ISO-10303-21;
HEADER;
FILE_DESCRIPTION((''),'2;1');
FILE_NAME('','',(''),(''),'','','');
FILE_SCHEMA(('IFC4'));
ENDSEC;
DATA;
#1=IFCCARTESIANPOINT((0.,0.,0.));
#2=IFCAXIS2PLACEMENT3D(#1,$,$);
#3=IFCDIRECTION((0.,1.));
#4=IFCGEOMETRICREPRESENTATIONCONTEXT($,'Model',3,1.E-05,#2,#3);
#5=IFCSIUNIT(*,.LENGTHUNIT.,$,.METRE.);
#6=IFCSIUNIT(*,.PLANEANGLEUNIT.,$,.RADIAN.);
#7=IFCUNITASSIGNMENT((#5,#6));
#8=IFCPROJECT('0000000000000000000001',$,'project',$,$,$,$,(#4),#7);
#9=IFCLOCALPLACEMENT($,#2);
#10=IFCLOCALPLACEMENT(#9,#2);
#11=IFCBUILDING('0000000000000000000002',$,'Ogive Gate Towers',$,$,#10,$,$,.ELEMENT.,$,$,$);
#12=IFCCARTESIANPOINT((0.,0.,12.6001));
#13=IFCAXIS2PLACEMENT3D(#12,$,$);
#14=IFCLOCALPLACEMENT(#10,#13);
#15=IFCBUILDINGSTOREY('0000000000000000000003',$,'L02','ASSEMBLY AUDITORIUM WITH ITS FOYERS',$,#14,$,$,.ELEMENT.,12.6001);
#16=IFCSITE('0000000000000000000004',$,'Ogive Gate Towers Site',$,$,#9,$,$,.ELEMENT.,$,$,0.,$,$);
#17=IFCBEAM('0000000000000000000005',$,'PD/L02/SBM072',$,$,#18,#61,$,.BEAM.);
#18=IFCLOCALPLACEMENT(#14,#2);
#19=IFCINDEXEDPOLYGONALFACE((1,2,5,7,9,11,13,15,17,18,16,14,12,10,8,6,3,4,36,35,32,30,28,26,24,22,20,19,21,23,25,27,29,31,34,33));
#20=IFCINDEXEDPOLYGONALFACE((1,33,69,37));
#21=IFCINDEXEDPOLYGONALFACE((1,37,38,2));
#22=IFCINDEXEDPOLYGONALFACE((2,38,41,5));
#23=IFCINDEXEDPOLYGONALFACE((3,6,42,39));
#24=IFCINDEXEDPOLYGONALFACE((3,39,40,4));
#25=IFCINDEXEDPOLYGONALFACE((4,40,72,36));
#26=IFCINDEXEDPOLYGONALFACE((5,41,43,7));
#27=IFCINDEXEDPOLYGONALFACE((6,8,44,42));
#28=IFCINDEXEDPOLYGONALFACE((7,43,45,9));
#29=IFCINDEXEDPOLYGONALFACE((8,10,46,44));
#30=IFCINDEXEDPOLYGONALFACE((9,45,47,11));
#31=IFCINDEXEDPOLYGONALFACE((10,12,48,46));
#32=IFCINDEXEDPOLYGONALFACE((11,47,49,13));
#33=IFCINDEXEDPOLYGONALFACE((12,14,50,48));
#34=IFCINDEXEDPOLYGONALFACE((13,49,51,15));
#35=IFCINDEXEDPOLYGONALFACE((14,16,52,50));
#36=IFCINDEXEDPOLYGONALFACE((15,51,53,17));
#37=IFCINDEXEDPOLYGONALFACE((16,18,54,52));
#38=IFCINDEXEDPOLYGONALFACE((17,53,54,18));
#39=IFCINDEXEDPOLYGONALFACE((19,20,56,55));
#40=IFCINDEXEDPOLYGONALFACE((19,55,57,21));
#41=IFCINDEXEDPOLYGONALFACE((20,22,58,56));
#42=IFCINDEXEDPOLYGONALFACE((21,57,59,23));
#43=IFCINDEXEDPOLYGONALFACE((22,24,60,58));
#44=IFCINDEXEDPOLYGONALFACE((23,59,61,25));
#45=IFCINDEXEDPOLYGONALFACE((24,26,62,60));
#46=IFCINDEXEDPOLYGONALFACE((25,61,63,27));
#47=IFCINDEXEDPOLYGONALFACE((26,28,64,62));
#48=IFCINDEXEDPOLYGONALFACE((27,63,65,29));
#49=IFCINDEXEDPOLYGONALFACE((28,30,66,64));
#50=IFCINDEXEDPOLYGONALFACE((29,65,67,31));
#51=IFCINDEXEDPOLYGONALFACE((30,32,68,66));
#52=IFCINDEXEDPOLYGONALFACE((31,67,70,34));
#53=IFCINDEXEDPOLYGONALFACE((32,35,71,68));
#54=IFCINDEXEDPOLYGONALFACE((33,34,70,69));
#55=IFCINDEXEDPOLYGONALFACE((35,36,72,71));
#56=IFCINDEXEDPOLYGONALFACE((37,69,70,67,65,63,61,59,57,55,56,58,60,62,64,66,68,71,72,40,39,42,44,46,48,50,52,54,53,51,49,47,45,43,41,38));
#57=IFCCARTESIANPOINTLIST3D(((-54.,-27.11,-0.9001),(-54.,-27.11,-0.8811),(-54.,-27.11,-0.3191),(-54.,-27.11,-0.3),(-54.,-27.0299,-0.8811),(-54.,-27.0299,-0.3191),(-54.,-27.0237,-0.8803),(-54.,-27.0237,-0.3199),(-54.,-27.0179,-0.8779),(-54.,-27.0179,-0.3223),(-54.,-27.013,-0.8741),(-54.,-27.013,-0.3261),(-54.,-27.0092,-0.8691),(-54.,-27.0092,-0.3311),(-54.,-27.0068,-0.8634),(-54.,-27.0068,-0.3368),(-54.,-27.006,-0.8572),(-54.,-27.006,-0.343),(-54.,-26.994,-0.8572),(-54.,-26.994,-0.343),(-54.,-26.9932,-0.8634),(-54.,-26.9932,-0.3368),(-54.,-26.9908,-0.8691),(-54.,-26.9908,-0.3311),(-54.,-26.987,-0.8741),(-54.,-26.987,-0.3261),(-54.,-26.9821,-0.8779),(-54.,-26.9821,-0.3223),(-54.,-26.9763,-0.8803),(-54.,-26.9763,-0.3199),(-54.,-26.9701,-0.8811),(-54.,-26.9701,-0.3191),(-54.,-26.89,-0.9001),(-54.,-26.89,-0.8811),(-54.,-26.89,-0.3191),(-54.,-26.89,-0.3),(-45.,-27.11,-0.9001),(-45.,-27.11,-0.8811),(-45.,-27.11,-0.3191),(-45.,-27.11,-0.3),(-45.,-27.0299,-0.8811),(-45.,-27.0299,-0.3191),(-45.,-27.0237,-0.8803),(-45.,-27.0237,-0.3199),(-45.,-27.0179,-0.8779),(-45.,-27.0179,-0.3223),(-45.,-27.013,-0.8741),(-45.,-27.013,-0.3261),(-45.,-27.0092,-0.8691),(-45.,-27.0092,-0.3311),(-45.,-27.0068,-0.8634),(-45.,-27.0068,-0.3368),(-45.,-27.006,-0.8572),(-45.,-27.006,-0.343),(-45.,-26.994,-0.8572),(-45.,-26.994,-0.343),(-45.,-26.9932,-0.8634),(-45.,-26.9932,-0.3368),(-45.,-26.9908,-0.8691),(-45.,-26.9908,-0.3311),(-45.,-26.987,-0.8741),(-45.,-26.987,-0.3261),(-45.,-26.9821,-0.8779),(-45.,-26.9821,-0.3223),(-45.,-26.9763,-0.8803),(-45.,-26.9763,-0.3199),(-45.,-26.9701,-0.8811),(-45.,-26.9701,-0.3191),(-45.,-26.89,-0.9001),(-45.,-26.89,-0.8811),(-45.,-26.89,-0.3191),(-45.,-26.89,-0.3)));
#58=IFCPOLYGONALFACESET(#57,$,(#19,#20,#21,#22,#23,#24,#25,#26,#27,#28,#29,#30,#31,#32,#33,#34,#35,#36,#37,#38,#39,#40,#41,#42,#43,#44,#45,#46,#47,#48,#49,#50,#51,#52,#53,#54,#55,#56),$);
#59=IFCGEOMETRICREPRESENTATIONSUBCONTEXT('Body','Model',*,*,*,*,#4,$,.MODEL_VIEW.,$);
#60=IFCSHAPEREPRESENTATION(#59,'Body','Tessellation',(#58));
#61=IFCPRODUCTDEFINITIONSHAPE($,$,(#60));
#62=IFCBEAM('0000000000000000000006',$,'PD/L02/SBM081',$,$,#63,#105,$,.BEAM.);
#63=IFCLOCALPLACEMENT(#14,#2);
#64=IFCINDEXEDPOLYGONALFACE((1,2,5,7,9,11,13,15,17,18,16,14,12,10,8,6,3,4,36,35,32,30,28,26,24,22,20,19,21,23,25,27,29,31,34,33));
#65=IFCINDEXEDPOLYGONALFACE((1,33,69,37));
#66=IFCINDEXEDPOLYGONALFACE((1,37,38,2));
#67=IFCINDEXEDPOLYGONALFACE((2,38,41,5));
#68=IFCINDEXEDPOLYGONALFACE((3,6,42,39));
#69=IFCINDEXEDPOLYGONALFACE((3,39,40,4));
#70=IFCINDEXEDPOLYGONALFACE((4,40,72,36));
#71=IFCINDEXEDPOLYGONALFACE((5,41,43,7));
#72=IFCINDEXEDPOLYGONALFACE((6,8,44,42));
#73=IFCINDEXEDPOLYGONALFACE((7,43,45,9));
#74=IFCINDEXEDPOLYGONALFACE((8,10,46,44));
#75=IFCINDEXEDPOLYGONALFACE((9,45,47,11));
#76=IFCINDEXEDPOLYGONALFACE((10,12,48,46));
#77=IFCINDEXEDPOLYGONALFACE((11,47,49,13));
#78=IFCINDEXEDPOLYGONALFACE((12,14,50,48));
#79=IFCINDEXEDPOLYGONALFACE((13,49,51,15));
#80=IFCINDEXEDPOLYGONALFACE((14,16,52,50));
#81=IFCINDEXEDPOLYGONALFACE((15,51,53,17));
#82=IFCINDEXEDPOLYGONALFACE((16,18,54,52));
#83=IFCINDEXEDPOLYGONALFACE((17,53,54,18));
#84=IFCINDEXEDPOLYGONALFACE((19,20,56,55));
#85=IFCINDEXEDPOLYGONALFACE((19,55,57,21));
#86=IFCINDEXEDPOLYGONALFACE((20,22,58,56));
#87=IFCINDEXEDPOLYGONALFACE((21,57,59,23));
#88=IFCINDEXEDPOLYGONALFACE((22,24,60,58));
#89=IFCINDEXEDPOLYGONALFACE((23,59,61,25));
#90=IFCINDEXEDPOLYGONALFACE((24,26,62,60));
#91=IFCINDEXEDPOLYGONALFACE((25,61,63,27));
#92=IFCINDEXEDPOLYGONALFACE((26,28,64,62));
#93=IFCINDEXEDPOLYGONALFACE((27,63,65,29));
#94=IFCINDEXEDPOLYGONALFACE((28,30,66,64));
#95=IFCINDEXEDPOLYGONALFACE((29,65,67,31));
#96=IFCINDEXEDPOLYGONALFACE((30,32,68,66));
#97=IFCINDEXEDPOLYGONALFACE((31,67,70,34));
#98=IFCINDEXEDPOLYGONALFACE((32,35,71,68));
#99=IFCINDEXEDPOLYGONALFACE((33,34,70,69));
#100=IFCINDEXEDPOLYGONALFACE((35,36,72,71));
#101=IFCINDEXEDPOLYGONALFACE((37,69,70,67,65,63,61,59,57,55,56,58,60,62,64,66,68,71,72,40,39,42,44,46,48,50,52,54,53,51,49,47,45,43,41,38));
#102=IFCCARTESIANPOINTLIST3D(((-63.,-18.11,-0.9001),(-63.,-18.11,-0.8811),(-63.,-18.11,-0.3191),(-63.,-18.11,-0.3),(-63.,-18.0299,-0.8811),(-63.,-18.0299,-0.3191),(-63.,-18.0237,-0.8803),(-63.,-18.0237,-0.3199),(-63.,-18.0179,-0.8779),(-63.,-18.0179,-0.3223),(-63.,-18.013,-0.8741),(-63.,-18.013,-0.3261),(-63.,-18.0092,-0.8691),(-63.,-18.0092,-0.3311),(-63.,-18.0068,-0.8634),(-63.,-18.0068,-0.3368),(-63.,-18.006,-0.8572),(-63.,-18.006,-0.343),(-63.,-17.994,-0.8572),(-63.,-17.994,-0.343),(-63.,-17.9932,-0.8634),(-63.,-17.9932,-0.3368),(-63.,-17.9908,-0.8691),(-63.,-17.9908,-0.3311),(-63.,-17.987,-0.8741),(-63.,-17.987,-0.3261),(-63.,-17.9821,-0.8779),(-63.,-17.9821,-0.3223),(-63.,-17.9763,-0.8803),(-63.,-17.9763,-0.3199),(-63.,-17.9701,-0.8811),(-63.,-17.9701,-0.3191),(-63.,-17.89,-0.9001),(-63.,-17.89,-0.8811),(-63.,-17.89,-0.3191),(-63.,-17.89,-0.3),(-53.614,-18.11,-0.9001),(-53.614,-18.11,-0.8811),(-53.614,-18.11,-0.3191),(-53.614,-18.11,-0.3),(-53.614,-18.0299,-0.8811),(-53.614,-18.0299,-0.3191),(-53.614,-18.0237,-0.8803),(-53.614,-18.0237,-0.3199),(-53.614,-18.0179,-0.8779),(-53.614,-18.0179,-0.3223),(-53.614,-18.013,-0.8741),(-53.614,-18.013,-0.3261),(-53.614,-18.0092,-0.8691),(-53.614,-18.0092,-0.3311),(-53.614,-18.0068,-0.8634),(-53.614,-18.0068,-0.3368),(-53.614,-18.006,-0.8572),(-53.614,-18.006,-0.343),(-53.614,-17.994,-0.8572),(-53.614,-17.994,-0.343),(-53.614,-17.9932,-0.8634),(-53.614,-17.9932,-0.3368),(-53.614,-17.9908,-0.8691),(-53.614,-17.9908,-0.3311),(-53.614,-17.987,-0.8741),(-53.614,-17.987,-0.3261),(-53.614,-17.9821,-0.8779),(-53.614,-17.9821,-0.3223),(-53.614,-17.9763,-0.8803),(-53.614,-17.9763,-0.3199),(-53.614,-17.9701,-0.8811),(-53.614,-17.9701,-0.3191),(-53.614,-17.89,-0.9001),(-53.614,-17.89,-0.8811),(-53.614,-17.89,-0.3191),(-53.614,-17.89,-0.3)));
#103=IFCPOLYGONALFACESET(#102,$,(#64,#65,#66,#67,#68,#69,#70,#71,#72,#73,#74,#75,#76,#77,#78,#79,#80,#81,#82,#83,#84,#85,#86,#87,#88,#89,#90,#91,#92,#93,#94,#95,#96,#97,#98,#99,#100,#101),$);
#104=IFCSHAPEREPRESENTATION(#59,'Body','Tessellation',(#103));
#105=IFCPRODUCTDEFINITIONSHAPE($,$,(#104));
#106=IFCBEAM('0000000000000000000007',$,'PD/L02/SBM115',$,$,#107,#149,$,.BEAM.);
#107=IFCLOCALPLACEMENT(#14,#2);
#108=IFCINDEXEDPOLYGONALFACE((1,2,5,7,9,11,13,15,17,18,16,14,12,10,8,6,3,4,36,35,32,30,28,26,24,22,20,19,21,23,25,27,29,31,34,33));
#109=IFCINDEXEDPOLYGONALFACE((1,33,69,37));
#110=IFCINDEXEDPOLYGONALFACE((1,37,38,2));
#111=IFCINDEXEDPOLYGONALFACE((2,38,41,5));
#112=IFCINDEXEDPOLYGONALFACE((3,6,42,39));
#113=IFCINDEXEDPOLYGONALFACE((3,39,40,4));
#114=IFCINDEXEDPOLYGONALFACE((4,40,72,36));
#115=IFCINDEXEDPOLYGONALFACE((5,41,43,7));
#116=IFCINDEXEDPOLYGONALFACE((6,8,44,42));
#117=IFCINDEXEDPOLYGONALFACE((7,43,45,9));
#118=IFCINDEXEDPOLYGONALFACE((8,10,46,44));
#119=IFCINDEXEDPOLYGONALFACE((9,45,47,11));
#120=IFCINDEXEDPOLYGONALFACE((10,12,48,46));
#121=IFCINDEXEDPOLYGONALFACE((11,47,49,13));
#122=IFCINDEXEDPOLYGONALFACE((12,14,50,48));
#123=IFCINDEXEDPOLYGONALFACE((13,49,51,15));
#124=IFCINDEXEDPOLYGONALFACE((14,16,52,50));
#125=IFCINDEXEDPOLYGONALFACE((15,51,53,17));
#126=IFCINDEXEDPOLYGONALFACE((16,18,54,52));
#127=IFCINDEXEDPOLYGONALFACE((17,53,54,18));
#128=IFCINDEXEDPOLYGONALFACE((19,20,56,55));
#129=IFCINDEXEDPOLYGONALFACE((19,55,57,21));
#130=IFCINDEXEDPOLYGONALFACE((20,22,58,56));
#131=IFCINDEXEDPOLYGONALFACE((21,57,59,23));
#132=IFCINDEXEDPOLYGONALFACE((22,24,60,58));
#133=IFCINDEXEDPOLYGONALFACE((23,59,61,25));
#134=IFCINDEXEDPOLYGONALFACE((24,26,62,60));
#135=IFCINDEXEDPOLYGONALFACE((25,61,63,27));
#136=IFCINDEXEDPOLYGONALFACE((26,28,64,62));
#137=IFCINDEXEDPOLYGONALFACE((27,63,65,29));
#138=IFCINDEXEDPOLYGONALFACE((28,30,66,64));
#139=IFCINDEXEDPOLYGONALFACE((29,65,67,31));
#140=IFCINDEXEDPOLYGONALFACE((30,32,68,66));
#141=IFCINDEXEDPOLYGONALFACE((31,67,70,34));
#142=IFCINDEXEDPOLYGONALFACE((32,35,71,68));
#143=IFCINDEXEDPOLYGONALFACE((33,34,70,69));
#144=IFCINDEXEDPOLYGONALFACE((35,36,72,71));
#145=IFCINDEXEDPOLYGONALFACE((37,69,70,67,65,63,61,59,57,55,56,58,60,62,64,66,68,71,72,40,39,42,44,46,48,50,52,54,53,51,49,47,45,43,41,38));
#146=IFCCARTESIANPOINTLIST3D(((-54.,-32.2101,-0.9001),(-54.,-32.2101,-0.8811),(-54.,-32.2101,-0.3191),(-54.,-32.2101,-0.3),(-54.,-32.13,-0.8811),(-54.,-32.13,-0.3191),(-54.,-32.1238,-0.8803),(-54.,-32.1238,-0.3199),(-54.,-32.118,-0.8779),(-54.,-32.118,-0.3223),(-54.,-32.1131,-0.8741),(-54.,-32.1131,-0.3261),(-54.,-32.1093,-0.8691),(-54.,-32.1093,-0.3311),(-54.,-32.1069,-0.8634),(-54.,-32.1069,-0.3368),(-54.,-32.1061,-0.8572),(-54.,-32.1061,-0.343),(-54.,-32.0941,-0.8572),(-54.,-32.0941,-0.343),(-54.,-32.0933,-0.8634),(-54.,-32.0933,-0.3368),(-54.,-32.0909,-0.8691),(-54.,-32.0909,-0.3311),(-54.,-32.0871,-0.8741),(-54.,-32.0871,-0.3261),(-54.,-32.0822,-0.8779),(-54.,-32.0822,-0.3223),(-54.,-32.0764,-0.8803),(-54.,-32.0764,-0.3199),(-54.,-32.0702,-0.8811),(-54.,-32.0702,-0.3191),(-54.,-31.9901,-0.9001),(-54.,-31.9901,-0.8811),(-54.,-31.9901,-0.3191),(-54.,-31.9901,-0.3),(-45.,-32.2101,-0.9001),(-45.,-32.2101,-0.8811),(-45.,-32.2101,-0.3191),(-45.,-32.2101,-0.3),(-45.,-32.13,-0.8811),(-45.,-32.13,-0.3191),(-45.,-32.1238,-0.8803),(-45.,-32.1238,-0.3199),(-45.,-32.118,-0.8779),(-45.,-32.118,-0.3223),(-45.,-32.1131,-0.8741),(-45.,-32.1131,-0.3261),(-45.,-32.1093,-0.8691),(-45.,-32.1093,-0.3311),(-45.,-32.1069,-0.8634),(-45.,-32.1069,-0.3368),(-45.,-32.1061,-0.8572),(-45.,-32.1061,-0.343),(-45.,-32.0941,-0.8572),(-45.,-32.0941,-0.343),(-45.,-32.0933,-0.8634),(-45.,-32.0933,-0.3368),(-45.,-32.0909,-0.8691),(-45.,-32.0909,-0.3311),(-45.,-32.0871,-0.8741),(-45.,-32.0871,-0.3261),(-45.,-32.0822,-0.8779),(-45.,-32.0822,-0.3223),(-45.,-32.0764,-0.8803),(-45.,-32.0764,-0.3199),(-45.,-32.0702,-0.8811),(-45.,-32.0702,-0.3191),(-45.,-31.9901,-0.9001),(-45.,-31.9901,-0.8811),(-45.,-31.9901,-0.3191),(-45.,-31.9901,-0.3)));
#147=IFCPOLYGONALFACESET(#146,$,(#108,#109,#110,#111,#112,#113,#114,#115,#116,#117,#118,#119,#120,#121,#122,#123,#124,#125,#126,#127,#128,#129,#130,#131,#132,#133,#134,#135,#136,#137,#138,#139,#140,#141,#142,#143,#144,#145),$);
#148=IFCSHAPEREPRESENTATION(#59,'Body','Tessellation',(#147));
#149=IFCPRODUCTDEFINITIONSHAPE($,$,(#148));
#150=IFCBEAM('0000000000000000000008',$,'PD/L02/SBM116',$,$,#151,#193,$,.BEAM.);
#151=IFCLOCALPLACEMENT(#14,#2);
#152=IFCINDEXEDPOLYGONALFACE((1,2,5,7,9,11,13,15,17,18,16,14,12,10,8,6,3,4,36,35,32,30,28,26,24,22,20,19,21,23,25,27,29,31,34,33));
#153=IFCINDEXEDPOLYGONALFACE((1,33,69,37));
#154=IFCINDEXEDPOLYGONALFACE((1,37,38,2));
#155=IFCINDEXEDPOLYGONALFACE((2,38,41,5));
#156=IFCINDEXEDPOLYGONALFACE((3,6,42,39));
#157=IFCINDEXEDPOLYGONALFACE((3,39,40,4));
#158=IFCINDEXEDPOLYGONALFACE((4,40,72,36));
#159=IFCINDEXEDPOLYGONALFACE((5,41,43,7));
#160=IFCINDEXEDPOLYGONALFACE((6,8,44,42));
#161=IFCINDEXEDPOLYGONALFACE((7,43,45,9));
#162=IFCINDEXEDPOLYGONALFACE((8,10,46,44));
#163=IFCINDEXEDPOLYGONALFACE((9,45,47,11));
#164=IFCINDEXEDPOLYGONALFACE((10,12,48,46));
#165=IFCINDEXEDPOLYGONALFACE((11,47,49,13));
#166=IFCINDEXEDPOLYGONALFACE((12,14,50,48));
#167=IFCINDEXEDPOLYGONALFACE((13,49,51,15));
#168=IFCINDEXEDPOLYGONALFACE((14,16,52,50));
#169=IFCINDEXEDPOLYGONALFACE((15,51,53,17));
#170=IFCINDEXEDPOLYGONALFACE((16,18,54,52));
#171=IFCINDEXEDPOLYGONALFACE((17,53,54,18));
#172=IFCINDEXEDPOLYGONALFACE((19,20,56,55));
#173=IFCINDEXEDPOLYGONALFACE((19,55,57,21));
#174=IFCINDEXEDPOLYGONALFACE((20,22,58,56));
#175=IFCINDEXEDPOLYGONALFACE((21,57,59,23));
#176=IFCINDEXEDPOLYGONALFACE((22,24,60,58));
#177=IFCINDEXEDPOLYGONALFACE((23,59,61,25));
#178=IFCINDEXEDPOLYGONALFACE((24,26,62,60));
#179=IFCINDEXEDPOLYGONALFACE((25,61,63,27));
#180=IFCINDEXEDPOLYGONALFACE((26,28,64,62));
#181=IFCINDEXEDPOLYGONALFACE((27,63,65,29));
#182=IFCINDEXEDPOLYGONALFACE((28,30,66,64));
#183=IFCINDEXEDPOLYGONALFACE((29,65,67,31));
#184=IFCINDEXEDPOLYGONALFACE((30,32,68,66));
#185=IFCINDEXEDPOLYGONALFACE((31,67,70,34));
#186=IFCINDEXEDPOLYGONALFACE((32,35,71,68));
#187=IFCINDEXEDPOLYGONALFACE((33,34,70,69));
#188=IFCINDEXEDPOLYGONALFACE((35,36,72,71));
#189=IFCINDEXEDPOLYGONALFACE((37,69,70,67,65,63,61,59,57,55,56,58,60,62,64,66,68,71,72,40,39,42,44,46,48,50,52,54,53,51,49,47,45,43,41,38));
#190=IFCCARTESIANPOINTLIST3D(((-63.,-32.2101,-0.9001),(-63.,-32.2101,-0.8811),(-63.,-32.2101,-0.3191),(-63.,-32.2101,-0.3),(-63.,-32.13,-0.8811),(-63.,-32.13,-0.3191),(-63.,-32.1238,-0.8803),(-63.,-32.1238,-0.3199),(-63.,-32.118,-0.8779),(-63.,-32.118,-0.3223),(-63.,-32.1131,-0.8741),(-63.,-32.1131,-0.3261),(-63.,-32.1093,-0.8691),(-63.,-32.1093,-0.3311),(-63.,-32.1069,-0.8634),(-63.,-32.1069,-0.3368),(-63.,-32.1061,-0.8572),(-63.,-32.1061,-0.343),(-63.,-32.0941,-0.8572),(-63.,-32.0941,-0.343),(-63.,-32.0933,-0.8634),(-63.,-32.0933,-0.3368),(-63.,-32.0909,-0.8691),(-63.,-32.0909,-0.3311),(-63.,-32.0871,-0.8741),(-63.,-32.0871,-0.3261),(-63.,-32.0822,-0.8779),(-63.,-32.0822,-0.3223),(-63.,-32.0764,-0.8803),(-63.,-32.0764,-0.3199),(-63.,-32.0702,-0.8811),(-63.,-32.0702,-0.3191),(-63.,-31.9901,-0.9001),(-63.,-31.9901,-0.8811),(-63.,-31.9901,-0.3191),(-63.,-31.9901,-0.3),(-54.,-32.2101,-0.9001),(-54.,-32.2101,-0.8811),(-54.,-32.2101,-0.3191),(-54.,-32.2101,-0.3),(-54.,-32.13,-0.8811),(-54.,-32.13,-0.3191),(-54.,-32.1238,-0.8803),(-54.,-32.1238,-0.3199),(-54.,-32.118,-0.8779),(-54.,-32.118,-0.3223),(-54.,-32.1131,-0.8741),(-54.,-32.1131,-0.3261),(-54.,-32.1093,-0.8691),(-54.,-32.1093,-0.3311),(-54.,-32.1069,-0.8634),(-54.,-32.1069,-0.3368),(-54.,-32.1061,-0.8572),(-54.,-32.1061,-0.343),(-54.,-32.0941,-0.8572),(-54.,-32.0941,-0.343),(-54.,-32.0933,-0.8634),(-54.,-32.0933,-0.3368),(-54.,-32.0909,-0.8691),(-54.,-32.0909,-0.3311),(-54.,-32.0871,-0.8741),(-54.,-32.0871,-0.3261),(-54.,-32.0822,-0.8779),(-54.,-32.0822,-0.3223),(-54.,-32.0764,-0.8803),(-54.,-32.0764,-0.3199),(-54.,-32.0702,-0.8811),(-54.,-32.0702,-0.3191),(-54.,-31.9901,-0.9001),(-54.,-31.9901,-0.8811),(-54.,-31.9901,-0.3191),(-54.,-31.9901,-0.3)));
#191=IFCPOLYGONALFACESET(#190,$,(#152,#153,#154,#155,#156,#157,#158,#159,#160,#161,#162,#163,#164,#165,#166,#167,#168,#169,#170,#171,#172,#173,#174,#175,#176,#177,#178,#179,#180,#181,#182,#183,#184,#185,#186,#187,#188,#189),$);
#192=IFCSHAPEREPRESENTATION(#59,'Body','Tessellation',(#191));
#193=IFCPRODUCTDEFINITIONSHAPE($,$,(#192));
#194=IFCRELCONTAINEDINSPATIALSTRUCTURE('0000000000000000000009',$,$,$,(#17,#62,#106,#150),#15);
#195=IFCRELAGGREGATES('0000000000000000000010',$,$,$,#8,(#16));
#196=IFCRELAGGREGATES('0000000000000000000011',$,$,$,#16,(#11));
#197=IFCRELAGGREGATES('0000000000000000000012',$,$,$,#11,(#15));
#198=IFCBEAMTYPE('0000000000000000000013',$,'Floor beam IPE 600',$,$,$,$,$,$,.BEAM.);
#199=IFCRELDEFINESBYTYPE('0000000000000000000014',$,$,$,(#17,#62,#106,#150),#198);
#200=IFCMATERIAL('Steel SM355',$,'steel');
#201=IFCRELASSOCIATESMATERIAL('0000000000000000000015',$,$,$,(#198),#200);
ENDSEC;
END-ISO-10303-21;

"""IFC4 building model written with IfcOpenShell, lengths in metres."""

from ifc_helpers import new_model, si_unit, direction, frame, origin, origin_2d, place, context, subcontext, project, spatial, i_section, extrude, material, material_profile, profile_set, type_object, element, save


model = new_model("IFC4")

# Units and contexts
model_context = context("Model", 3, precision=1e-05, world=origin(), true_north=direction((0.0, 1.0)))
body_context = subcontext(model_context, "Body", "Model", "MODEL_VIEW")
ifc_project = project(units=[si_unit("LENGTHUNIT", "METRE"), si_unit("PLANEANGLEUNIT", "RADIAN")], contexts=[model_context])

# Site, building, storey
site_placement = place(None, origin())
site = spatial("IfcSite", under=ifc_project, at=site_placement, Name="Ogive Gate Towers Site", CompositionType="ELEMENT", RefElevation=0.0)
building_placement = place(site_placement, origin())
building = spatial("IfcBuilding", under=site, at=building_placement, Name="Ogive Gate Towers", CompositionType="ELEMENT")
storey_placement = place(building_placement, frame((0.0, 0.0, 12.6001)))
storey = spatial("IfcBuildingStorey", under=building, at=storey_placement, Name="L02", Description="ASSEMBLY AUDITORIUM WITH ITS FOYERS", CompositionType="ELEMENT", Elevation=12.6001)

# Beams
ifc_material_1 = material(Name="Steel SM355", Category="steel")
ifc_material_profile_1 = material_profile(ifc_material_1, i_section(OverallWidth=0.22, OverallDepth=0.6001, WebThickness=0.012, FlangeThickness=0.019, FilletRadius=0.0239, at=origin_2d()), Name="IPE 600")
ifc_profile_set_1 = profile_set([ifc_material_profile_1], Name="Steel SM355")
beam_type_1 = type_object("IfcBeamType", Name="Floor beam IPE 600", PredefinedType="BEAM", material=ifc_profile_set_1)
beam_1_placement = place(storey_placement, frame((-54.0, -27.0, -0.6001), z_axis=(1.0, 0.0, 0.0), x_axis=(0.0, 1.0, 0.0)))
element("IfcBeam", 1, at=beam_1_placement, inside=storey, type_object=beam_type_1, Name="PD/L02/SBM072", PredefinedType="BEAM", context=body_context, shape_type="SweptSolid", body=[
    extrude(i_section(OverallWidth=0.22, OverallDepth=0.6001, WebThickness=0.012, FlangeThickness=0.019, FilletRadius=0.0239, at=origin_2d()), origin(), (0.0, 0.0, 1.0), 9.0),
])
beam_2_placement = place(storey_placement, frame((-63.0, -18.0, -0.6001), z_axis=(1.0, 0.0, 0.0), x_axis=(0.0, 1.0, 0.0)))
element("IfcBeam", 2, at=beam_2_placement, inside=storey, type_object=beam_type_1, Name="PD/L02/SBM081", PredefinedType="BEAM", context=body_context, shape_type="SweptSolid", body=[
    extrude(i_section(OverallWidth=0.22, OverallDepth=0.6001, WebThickness=0.012, FlangeThickness=0.019, FilletRadius=0.0239, at=origin_2d()), origin(), (0.0, 0.0, 1.0), 9.386),
])
for number, where, z_axis, x_axis, name in (
    (3, (-45.0, -32.1001, -0.6001), (-1.0, 0.0, 0.0), (0.0, -1.0, 0.0), "PD/L02/SBM115"),
    (4, (-54.0, -32.1001, -0.6001), (-1.0, 0.0, 0.0), (0.0, -1.0, 0.0), "PD/L02/SBM116"),
):
    element("IfcBeam", number, at=place(storey_placement, frame(where, z_axis=z_axis, x_axis=x_axis)), inside=storey, type_object=beam_type_1, Name=name, PredefinedType="BEAM", context=body_context, shape_type="SweptSolid", body=[
        extrude(i_section(OverallWidth=0.22, OverallDepth=0.6001, WebThickness=0.012, FlangeThickness=0.019, FilletRadius=0.0239, at=origin_2d()), origin(), (0.0, 0.0, 1.0), 9.0),
    ])

save(model, "model.ifc")
